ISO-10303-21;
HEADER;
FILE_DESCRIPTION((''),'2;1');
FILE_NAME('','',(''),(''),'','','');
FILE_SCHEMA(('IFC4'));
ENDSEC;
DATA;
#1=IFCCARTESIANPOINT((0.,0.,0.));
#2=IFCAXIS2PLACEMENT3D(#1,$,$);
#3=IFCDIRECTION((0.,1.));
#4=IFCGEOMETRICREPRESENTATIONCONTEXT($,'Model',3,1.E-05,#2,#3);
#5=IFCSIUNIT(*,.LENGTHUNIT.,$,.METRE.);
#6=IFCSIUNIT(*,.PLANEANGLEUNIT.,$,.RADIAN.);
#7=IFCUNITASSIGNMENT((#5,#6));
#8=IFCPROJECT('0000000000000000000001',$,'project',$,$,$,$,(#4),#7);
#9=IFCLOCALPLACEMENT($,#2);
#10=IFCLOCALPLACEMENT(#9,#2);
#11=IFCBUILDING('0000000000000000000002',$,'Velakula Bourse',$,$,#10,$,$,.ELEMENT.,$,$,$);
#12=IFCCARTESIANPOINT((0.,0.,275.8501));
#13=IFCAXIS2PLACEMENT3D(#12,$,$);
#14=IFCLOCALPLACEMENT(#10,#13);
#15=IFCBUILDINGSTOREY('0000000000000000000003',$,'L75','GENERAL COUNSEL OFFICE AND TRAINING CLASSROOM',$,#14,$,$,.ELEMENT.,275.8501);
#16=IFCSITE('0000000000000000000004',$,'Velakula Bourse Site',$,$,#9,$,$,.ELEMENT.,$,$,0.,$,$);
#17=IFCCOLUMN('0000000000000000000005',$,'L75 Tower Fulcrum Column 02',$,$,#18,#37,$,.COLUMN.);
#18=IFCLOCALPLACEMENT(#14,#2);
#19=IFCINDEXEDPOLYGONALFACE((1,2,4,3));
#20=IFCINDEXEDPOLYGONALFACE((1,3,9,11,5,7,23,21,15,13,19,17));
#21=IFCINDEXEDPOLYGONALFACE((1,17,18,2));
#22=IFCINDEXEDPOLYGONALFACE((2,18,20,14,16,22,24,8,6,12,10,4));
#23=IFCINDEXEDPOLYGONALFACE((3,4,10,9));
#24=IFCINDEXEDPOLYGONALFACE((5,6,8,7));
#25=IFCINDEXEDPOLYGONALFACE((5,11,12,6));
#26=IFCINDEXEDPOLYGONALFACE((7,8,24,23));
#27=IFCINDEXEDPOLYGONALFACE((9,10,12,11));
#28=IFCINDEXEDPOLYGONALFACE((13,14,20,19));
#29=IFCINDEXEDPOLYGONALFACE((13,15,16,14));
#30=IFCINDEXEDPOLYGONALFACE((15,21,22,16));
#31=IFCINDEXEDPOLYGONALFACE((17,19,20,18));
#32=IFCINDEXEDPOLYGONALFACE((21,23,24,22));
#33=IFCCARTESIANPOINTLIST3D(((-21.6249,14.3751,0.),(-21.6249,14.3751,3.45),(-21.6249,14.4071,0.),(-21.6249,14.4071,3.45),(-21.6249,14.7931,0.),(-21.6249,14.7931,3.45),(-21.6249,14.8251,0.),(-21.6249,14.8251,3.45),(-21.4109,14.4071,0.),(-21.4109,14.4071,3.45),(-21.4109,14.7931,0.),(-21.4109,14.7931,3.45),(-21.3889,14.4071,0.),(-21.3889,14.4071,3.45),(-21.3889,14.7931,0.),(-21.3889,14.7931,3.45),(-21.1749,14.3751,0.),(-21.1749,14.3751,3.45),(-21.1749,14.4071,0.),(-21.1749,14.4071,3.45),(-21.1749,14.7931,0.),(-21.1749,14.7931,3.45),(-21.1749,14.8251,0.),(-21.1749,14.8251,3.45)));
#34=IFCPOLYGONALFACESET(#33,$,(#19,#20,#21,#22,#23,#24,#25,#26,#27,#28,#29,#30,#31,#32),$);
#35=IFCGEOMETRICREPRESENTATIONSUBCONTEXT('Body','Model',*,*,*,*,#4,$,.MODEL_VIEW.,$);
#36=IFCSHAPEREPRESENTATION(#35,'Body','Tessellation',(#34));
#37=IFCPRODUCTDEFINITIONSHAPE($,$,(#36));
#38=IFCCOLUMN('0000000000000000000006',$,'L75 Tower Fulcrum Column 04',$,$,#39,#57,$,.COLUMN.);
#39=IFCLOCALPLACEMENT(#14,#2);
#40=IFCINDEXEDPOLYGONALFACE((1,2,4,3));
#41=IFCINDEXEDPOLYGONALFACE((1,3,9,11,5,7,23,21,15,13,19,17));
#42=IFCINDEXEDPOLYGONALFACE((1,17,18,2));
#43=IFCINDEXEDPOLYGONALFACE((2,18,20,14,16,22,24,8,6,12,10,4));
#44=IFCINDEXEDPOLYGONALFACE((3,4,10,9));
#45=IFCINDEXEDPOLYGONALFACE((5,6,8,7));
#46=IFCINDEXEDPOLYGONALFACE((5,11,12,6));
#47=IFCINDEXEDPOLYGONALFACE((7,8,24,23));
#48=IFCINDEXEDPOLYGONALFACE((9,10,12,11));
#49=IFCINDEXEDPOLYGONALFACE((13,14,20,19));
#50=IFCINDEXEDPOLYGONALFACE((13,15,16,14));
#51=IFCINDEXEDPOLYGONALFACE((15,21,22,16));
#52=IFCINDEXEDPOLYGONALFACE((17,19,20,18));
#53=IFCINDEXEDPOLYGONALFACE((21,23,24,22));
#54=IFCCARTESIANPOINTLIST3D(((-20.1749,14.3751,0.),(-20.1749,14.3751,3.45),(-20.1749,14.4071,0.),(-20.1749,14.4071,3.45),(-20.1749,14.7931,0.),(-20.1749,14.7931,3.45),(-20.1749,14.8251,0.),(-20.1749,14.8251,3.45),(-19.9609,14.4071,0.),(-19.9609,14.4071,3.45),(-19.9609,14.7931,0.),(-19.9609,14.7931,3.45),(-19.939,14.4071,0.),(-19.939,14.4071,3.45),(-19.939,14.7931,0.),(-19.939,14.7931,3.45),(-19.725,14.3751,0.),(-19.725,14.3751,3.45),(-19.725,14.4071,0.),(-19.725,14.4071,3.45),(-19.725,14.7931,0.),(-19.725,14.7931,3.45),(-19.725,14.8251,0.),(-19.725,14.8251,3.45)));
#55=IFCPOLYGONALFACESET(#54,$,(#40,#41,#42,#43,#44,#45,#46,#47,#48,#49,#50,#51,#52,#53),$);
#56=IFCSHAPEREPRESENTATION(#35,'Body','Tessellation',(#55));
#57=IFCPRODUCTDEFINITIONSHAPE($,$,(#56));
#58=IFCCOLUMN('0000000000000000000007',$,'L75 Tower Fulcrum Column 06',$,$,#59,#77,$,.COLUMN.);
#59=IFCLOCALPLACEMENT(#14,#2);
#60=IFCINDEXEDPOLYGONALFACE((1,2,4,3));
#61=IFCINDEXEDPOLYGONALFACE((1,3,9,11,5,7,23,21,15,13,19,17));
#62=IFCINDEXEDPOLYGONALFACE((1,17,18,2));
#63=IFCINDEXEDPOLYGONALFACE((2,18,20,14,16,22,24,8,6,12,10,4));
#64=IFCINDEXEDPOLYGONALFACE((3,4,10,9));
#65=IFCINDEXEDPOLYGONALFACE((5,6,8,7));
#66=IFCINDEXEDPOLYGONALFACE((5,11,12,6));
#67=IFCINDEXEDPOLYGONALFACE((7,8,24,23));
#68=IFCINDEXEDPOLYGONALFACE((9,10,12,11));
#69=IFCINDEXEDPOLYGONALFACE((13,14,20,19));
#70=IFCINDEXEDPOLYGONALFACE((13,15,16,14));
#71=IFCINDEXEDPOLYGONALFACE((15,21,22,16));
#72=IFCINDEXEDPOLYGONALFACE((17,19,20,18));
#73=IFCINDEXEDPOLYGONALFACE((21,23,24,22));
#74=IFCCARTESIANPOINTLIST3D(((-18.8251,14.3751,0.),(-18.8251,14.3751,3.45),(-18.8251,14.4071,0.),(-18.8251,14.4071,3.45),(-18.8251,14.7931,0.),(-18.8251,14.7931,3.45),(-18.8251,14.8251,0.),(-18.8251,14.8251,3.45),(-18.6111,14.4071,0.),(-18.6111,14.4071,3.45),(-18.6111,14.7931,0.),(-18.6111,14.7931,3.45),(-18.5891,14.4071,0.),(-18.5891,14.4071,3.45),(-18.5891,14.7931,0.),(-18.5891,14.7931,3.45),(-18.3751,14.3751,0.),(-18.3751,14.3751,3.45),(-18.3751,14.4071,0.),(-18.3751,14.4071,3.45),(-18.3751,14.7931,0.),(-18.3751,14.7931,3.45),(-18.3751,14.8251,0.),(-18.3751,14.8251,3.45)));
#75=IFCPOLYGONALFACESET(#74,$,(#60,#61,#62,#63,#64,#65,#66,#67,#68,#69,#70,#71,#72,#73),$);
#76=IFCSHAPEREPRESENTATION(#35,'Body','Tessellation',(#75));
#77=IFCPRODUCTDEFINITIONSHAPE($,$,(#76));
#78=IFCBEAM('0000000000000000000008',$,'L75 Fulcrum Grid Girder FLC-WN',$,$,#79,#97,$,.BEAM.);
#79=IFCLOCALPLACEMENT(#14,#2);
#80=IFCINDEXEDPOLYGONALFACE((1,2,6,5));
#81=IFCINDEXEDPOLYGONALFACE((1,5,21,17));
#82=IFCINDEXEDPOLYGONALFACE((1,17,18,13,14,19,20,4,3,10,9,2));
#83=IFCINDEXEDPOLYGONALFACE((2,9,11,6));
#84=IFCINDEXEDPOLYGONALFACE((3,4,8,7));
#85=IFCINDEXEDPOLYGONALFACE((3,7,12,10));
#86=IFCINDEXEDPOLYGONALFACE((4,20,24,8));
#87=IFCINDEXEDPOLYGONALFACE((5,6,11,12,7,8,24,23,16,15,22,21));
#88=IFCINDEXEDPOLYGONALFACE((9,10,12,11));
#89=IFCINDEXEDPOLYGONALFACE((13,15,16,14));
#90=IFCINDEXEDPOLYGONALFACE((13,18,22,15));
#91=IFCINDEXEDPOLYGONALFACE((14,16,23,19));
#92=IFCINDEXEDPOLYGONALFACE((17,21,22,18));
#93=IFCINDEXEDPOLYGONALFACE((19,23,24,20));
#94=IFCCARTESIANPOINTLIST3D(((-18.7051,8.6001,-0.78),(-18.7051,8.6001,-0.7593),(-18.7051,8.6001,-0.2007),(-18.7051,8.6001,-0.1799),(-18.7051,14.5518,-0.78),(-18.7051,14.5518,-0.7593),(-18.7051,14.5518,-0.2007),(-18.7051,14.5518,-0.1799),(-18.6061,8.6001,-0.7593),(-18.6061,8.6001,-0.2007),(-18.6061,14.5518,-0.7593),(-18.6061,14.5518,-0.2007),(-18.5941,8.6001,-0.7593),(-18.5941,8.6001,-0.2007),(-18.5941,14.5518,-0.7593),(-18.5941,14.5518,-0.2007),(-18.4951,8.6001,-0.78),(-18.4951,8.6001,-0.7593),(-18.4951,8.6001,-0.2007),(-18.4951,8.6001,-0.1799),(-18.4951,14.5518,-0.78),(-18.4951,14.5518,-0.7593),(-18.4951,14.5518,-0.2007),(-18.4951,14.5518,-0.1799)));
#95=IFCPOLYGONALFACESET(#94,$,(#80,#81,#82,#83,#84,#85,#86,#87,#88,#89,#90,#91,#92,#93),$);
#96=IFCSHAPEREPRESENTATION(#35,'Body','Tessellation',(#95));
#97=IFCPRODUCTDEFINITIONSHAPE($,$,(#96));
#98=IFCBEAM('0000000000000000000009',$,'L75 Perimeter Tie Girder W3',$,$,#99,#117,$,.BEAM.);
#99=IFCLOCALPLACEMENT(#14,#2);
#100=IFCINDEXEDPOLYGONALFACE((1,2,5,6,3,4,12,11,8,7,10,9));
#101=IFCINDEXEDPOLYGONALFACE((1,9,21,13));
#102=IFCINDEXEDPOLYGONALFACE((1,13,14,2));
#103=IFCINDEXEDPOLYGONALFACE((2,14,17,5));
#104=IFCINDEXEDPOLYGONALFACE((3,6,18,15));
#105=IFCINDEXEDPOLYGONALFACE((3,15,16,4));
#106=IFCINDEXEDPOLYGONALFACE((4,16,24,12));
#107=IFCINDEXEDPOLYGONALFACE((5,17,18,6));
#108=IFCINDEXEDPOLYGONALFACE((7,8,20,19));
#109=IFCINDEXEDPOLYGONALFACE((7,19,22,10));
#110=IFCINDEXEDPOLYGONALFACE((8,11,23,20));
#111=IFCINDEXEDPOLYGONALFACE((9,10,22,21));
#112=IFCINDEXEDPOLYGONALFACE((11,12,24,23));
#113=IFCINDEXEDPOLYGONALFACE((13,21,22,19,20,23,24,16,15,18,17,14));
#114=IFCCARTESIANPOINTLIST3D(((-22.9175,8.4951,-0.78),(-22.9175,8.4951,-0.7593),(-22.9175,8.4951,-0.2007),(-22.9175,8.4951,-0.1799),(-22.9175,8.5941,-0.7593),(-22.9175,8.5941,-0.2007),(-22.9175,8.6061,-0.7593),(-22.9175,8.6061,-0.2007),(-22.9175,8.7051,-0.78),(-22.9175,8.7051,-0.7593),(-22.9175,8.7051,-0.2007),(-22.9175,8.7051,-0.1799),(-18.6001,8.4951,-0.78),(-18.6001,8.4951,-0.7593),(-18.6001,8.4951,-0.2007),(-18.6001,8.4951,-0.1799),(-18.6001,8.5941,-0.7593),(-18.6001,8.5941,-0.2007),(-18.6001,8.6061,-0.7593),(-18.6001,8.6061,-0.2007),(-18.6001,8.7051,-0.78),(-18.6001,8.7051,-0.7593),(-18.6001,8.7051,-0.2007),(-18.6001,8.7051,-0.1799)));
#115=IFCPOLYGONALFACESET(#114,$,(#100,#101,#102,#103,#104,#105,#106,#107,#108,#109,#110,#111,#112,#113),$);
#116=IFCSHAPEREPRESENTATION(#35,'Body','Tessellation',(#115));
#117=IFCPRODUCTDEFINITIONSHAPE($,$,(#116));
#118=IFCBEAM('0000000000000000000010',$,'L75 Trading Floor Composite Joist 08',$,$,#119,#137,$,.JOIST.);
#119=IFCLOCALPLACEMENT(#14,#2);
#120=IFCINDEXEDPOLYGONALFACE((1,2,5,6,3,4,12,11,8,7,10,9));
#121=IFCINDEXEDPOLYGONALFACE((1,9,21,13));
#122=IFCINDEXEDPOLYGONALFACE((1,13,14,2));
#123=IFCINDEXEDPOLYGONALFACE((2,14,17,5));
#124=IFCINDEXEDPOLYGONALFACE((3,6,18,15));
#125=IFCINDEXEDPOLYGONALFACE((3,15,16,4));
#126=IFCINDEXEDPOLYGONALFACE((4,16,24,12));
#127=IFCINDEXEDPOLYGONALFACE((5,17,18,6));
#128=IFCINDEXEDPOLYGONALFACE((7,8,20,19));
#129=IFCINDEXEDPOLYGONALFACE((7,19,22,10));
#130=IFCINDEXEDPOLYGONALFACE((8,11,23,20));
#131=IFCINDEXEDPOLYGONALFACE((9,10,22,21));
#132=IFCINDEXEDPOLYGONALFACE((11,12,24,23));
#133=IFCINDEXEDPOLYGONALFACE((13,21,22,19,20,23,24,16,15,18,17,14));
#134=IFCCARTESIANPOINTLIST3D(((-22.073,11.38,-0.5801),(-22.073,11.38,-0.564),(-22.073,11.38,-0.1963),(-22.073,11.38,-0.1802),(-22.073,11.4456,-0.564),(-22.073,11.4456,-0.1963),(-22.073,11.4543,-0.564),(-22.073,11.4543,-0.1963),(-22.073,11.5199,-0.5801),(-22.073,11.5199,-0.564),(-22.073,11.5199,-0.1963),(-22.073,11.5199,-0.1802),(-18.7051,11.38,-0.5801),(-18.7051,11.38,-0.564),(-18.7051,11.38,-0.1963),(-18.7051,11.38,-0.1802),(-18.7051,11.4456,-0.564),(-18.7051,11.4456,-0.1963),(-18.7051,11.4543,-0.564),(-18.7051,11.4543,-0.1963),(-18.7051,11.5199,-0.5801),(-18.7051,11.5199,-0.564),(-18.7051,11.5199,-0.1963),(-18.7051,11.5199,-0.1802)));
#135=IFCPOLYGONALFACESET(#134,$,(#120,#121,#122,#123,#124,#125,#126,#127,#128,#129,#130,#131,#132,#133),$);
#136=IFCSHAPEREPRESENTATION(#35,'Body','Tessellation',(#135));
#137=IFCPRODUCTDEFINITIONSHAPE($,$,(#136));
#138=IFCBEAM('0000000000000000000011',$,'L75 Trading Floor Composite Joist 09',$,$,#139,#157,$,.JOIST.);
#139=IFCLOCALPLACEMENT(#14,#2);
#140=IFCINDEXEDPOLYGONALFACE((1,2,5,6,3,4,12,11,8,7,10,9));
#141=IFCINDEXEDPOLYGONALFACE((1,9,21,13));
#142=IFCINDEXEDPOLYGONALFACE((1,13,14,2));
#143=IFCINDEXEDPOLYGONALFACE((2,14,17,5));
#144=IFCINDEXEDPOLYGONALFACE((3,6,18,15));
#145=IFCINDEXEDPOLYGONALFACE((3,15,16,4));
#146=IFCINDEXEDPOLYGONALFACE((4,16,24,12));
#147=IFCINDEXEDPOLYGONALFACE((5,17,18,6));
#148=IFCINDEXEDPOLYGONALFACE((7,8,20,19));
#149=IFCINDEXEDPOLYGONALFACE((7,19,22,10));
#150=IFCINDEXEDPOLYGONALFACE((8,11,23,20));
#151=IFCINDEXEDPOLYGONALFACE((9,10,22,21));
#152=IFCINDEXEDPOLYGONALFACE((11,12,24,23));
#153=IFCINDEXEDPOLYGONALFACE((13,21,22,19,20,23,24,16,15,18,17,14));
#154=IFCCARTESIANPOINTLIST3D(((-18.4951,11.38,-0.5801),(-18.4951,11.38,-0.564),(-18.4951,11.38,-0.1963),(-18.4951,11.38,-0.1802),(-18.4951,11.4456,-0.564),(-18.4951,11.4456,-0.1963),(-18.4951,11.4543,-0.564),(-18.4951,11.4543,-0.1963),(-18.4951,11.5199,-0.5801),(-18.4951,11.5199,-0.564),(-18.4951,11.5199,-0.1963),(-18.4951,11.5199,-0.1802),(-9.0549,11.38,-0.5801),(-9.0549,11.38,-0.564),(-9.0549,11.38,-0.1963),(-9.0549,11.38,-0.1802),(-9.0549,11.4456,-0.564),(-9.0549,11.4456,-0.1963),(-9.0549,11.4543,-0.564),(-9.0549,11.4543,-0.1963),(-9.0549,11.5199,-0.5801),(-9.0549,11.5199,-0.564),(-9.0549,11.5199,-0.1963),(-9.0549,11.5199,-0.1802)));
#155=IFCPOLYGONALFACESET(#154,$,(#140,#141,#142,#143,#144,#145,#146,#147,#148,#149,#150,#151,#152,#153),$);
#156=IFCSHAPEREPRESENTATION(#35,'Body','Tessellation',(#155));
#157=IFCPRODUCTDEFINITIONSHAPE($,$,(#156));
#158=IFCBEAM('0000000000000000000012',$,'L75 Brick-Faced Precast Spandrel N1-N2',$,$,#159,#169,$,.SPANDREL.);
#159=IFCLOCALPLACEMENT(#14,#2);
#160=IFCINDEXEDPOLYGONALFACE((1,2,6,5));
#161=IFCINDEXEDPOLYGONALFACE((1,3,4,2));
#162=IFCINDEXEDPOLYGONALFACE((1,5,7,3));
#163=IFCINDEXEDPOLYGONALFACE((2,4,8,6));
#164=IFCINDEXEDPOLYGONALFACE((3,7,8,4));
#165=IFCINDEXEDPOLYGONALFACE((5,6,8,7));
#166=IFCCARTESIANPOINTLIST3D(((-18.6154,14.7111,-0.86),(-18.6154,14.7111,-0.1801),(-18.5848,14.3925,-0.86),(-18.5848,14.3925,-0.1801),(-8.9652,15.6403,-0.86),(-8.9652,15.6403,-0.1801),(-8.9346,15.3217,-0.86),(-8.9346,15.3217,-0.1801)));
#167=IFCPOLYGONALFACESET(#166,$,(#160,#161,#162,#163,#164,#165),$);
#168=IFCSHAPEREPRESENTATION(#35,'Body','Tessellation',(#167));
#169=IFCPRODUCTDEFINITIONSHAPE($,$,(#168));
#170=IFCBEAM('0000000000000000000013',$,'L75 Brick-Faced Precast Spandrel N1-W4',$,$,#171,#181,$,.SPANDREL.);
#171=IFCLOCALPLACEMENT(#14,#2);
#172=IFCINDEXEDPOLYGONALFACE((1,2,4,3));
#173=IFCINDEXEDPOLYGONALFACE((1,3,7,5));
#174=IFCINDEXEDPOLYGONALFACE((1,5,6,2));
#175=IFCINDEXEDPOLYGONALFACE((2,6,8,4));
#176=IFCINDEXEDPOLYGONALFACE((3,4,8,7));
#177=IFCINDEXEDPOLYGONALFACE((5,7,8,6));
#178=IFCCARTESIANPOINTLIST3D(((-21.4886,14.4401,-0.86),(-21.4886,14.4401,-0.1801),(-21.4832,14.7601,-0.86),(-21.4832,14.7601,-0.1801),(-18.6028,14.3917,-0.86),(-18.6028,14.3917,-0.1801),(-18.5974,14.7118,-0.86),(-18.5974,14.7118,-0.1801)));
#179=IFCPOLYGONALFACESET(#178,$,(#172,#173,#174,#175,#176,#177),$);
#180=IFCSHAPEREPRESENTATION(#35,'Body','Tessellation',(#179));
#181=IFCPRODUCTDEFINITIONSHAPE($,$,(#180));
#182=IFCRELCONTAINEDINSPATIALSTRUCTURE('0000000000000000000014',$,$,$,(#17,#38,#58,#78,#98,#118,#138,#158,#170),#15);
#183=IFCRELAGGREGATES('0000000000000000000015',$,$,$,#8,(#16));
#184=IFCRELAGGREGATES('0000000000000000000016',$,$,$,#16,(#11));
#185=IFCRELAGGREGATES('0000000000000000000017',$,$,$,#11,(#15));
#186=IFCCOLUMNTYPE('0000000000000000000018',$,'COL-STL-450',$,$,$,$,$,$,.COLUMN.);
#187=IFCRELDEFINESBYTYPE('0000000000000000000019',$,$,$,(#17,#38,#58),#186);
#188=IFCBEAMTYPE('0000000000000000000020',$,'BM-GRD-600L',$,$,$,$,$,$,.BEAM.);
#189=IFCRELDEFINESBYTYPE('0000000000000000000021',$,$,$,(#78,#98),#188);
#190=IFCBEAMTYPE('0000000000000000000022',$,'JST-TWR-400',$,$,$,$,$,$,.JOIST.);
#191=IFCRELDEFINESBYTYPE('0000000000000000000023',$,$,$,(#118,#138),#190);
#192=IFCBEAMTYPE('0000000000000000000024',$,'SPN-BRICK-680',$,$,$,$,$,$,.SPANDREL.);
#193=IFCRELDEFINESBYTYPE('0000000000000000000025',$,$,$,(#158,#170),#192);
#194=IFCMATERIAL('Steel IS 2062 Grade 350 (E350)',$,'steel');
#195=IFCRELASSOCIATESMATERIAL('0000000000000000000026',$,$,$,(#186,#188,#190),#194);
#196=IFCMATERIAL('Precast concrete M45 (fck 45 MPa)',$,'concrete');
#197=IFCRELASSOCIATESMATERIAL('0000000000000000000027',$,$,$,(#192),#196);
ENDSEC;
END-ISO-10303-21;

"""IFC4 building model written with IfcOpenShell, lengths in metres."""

from ifc_helpers import new_model, si_unit, direction, frame, origin, origin_2d, place, context, subcontext, project, spatial, rectangle, i_section, extrude, material, material_profile, profile_set, type_object, element, save


model = new_model("IFC4")

# Units and contexts
model_context = context("Model", 3, precision=1e-05, world=origin(), true_north=direction((0.0, 1.0)))
body_context = subcontext(model_context, "Body", "Model", "MODEL_VIEW")
ifc_project = project(units=[si_unit("LENGTHUNIT", "METRE"), si_unit("PLANEANGLEUNIT", "RADIAN")], contexts=[model_context])

# Site, building, storey
site_placement = place(None, origin())
site = spatial("IfcSite", under=ifc_project, at=site_placement, Name="Velakula Bourse Site", CompositionType="ELEMENT", RefElevation=0.0)
building_placement = place(site_placement, origin())
building = spatial("IfcBuilding", under=site, at=building_placement, Name="Velakula Bourse", CompositionType="ELEMENT")
storey_placement = place(building_placement, frame((0.0, 0.0, 275.8501)))
storey = spatial("IfcBuildingStorey", under=building, at=storey_placement, Name="L75", Description="GENERAL COUNSEL OFFICE AND TRAINING CLASSROOM", CompositionType="ELEMENT", Elevation=275.8501)

# Columns
ifc_material_1 = material(Name="Steel IS 2062 Grade 350 (E350)", Category="steel")
ifc_material_profile_1 = material_profile(ifc_material_1, i_section(OverallWidth=0.45, OverallDepth=0.45, WebThickness=0.022, FlangeThickness=0.032, at=origin_2d()), Name="Steel IS 2062 Grade 350 (E350)")
ifc_profile_set_1 = profile_set([ifc_material_profile_1], Name="Steel IS 2062 Grade 350 (E350)")
column_type = type_object("IfcColumnType", Name="COL-STL-450", PredefinedType="COLUMN", material=ifc_profile_set_1)
for number, where, z_axis, x_axis, name in (
    (1, (-21.3999, 14.6001, 0.0), (0.0, 0.0, 1.0), (1.0, 0.0, 0.0), "L75 Tower Fulcrum Column 02"),
    (2, (-19.95, 14.6001, 0.0), (0.0, 0.0, 1.0), (1.0, 0.0, 0.0), "L75 Tower Fulcrum Column 04"),
    (3, (-18.6001, 14.6001, 0.0), (0.0, 0.0, 1.0), (1.0, 0.0, 0.0), "L75 Tower Fulcrum Column 06"),
):
    element("IfcColumn", number, at=place(storey_placement, frame(where, z_axis=z_axis, x_axis=x_axis)), inside=storey, type_object=column_type, Name=name, PredefinedType="COLUMN", context=body_context, shape_type="SweptSolid", body=[
        extrude(i_section(OverallWidth=0.45, OverallDepth=0.45, WebThickness=0.022, FlangeThickness=0.032, at=origin_2d()), origin(), (0.0, 0.0, 1.0), 3.45),
    ])

# Beams
ifc_material_profile_2 = material_profile(ifc_material_1, i_section(OverallWidth=0.21, OverallDepth=0.6001, WebThickness=0.012, FlangeThickness=0.0208, at=origin_2d()), Name="Steel IS 2062 Grade 350 (E350)")
ifc_profile_set_2 = profile_set([ifc_material_profile_2], Name="Steel IS 2062 Grade 350 (E350)")
beam_type_1 = type_object("IfcBeamType", Name="BM-GRD-600L", PredefinedType="BEAM", material=ifc_profile_set_2)
beam_1_placement = place(storey_placement, frame((-18.6001, 8.6001, -0.48), z_axis=(0.0, 1.0, 0.0), x_axis=(-1.0, 0.0, 0.0)))
element("IfcBeam", 4, at=beam_1_placement, inside=storey, type_object=beam_type_1, Name="L75 Fulcrum Grid Girder FLC-WN", PredefinedType="BEAM", context=body_context, shape_type="SweptSolid", body=[
    extrude(i_section(OverallWidth=0.21, OverallDepth=0.6001, WebThickness=0.012, FlangeThickness=0.0208, at=origin_2d()), origin(), (0.0, 0.0, 1.0), 5.9517),
])
beam_2_placement = place(storey_placement, frame((-18.6001, 8.6001, -0.48), z_axis=(-1.0, 0.0, 0.0), x_axis=(0.0, -1.0, 0.0)))
element("IfcBeam", 5, at=beam_2_placement, inside=storey, type_object=beam_type_1, Name="L75 Perimeter Tie Girder W3", PredefinedType="BEAM", context=body_context, shape_type="SweptSolid", body=[
    extrude(i_section(OverallWidth=0.21, OverallDepth=0.6001, WebThickness=0.012, FlangeThickness=0.0208, at=origin_2d()), origin(), (0.0, 0.0, 1.0), 4.3174),
])
ifc_material_profile_3 = material_profile(ifc_material_1, i_section(OverallWidth=0.1399, OverallDepth=0.3999, WebThickness=0.0088, FlangeThickness=0.0161, at=origin_2d()), Name="Steel IS 2062 Grade 350 (E350)")
ifc_profile_set_3 = profile_set([ifc_material_profile_3], Name="Steel IS 2062 Grade 350 (E350)")
beam_type_2 = type_object("IfcBeamType", Name="JST-TWR-400", PredefinedType="JOIST", material=ifc_profile_set_3)
beam_3_placement = place(storey_placement, frame((-22.073, 11.45, -0.3801), z_axis=(1.0, 0.0, 0.0), x_axis=(0.0, 1.0, 0.0)))
element("IfcBeam", 6, at=beam_3_placement, inside=storey, type_object=beam_type_2, Name="L75 Trading Floor Composite Joist 08", PredefinedType="JOIST", context=body_context, shape_type="SweptSolid", body=[
    extrude(i_section(OverallWidth=0.1399, OverallDepth=0.3999, WebThickness=0.0088, FlangeThickness=0.0161, at=origin_2d()), origin(), (0.0, 0.0, 1.0), 3.3679),
])
beam_4_placement = place(storey_placement, frame((-18.4951, 11.45, -0.3801), z_axis=(1.0, 0.0, 0.0), x_axis=(0.0, 1.0, 0.0)))
element("IfcBeam", 7, at=beam_4_placement, inside=storey, type_object=beam_type_2, Name="L75 Trading Floor Composite Joist 09", PredefinedType="JOIST", context=body_context, shape_type="SweptSolid", body=[
    extrude(i_section(OverallWidth=0.1399, OverallDepth=0.3999, WebThickness=0.0088, FlangeThickness=0.0161, at=origin_2d()), origin(), (0.0, 0.0, 1.0), 9.4402),
])
ifc_material_2 = material(Name="Precast concrete M45 (fck 45 MPa)", Category="concrete")
ifc_material_profile_4 = material_profile(ifc_material_2, rectangle(XDim=0.3201, YDim=0.6799, at=origin_2d()), Name="Precast concrete M45 (fck 45 MPa)")
ifc_profile_set_4 = profile_set([ifc_material_profile_4], Name="Precast concrete M45 (fck 45 MPa)")
beam_type_3 = type_object("IfcBeamType", Name="SPN-BRICK-680", PredefinedType="SPANDREL", material=ifc_profile_set_4)
beam_5_placement = place(storey_placement, frame((-18.6001, 14.5518, -0.52), z_axis=(0.995396, 0.095845, 0.0), x_axis=(-0.095845, 0.995396, 0.0)))
element("IfcBeam", 8, at=beam_5_placement, inside=storey, type_object=beam_type_3, Name="L75 Brick-Faced Precast Spandrel N1-N2", PredefinedType="SPANDREL", context=body_context, shape_type="SweptSolid", body=[
    extrude(rectangle(XDim=0.3201, YDim=0.6799, at=origin_2d()), origin(), (0.0, 0.0, 1.0), 9.6948),
])
beam_6_placement = place(storey_placement, frame((-18.6001, 14.5518, -0.52), z_axis=(-0.99986, 0.016749, 0.0), x_axis=(-0.016749, -0.99986, 0.0)))
element("IfcBeam", 9, at=beam_6_placement, inside=storey, type_object=beam_type_3, Name="L75 Brick-Faced Precast Spandrel N1-W4", PredefinedType="SPANDREL", context=body_context, shape_type="SweptSolid", body=[
    extrude(rectangle(XDim=0.3201, YDim=0.6799, at=origin_2d()), origin(), (0.0, 0.0, 1.0), 2.8862),
])

save(model, "model.ifc")
